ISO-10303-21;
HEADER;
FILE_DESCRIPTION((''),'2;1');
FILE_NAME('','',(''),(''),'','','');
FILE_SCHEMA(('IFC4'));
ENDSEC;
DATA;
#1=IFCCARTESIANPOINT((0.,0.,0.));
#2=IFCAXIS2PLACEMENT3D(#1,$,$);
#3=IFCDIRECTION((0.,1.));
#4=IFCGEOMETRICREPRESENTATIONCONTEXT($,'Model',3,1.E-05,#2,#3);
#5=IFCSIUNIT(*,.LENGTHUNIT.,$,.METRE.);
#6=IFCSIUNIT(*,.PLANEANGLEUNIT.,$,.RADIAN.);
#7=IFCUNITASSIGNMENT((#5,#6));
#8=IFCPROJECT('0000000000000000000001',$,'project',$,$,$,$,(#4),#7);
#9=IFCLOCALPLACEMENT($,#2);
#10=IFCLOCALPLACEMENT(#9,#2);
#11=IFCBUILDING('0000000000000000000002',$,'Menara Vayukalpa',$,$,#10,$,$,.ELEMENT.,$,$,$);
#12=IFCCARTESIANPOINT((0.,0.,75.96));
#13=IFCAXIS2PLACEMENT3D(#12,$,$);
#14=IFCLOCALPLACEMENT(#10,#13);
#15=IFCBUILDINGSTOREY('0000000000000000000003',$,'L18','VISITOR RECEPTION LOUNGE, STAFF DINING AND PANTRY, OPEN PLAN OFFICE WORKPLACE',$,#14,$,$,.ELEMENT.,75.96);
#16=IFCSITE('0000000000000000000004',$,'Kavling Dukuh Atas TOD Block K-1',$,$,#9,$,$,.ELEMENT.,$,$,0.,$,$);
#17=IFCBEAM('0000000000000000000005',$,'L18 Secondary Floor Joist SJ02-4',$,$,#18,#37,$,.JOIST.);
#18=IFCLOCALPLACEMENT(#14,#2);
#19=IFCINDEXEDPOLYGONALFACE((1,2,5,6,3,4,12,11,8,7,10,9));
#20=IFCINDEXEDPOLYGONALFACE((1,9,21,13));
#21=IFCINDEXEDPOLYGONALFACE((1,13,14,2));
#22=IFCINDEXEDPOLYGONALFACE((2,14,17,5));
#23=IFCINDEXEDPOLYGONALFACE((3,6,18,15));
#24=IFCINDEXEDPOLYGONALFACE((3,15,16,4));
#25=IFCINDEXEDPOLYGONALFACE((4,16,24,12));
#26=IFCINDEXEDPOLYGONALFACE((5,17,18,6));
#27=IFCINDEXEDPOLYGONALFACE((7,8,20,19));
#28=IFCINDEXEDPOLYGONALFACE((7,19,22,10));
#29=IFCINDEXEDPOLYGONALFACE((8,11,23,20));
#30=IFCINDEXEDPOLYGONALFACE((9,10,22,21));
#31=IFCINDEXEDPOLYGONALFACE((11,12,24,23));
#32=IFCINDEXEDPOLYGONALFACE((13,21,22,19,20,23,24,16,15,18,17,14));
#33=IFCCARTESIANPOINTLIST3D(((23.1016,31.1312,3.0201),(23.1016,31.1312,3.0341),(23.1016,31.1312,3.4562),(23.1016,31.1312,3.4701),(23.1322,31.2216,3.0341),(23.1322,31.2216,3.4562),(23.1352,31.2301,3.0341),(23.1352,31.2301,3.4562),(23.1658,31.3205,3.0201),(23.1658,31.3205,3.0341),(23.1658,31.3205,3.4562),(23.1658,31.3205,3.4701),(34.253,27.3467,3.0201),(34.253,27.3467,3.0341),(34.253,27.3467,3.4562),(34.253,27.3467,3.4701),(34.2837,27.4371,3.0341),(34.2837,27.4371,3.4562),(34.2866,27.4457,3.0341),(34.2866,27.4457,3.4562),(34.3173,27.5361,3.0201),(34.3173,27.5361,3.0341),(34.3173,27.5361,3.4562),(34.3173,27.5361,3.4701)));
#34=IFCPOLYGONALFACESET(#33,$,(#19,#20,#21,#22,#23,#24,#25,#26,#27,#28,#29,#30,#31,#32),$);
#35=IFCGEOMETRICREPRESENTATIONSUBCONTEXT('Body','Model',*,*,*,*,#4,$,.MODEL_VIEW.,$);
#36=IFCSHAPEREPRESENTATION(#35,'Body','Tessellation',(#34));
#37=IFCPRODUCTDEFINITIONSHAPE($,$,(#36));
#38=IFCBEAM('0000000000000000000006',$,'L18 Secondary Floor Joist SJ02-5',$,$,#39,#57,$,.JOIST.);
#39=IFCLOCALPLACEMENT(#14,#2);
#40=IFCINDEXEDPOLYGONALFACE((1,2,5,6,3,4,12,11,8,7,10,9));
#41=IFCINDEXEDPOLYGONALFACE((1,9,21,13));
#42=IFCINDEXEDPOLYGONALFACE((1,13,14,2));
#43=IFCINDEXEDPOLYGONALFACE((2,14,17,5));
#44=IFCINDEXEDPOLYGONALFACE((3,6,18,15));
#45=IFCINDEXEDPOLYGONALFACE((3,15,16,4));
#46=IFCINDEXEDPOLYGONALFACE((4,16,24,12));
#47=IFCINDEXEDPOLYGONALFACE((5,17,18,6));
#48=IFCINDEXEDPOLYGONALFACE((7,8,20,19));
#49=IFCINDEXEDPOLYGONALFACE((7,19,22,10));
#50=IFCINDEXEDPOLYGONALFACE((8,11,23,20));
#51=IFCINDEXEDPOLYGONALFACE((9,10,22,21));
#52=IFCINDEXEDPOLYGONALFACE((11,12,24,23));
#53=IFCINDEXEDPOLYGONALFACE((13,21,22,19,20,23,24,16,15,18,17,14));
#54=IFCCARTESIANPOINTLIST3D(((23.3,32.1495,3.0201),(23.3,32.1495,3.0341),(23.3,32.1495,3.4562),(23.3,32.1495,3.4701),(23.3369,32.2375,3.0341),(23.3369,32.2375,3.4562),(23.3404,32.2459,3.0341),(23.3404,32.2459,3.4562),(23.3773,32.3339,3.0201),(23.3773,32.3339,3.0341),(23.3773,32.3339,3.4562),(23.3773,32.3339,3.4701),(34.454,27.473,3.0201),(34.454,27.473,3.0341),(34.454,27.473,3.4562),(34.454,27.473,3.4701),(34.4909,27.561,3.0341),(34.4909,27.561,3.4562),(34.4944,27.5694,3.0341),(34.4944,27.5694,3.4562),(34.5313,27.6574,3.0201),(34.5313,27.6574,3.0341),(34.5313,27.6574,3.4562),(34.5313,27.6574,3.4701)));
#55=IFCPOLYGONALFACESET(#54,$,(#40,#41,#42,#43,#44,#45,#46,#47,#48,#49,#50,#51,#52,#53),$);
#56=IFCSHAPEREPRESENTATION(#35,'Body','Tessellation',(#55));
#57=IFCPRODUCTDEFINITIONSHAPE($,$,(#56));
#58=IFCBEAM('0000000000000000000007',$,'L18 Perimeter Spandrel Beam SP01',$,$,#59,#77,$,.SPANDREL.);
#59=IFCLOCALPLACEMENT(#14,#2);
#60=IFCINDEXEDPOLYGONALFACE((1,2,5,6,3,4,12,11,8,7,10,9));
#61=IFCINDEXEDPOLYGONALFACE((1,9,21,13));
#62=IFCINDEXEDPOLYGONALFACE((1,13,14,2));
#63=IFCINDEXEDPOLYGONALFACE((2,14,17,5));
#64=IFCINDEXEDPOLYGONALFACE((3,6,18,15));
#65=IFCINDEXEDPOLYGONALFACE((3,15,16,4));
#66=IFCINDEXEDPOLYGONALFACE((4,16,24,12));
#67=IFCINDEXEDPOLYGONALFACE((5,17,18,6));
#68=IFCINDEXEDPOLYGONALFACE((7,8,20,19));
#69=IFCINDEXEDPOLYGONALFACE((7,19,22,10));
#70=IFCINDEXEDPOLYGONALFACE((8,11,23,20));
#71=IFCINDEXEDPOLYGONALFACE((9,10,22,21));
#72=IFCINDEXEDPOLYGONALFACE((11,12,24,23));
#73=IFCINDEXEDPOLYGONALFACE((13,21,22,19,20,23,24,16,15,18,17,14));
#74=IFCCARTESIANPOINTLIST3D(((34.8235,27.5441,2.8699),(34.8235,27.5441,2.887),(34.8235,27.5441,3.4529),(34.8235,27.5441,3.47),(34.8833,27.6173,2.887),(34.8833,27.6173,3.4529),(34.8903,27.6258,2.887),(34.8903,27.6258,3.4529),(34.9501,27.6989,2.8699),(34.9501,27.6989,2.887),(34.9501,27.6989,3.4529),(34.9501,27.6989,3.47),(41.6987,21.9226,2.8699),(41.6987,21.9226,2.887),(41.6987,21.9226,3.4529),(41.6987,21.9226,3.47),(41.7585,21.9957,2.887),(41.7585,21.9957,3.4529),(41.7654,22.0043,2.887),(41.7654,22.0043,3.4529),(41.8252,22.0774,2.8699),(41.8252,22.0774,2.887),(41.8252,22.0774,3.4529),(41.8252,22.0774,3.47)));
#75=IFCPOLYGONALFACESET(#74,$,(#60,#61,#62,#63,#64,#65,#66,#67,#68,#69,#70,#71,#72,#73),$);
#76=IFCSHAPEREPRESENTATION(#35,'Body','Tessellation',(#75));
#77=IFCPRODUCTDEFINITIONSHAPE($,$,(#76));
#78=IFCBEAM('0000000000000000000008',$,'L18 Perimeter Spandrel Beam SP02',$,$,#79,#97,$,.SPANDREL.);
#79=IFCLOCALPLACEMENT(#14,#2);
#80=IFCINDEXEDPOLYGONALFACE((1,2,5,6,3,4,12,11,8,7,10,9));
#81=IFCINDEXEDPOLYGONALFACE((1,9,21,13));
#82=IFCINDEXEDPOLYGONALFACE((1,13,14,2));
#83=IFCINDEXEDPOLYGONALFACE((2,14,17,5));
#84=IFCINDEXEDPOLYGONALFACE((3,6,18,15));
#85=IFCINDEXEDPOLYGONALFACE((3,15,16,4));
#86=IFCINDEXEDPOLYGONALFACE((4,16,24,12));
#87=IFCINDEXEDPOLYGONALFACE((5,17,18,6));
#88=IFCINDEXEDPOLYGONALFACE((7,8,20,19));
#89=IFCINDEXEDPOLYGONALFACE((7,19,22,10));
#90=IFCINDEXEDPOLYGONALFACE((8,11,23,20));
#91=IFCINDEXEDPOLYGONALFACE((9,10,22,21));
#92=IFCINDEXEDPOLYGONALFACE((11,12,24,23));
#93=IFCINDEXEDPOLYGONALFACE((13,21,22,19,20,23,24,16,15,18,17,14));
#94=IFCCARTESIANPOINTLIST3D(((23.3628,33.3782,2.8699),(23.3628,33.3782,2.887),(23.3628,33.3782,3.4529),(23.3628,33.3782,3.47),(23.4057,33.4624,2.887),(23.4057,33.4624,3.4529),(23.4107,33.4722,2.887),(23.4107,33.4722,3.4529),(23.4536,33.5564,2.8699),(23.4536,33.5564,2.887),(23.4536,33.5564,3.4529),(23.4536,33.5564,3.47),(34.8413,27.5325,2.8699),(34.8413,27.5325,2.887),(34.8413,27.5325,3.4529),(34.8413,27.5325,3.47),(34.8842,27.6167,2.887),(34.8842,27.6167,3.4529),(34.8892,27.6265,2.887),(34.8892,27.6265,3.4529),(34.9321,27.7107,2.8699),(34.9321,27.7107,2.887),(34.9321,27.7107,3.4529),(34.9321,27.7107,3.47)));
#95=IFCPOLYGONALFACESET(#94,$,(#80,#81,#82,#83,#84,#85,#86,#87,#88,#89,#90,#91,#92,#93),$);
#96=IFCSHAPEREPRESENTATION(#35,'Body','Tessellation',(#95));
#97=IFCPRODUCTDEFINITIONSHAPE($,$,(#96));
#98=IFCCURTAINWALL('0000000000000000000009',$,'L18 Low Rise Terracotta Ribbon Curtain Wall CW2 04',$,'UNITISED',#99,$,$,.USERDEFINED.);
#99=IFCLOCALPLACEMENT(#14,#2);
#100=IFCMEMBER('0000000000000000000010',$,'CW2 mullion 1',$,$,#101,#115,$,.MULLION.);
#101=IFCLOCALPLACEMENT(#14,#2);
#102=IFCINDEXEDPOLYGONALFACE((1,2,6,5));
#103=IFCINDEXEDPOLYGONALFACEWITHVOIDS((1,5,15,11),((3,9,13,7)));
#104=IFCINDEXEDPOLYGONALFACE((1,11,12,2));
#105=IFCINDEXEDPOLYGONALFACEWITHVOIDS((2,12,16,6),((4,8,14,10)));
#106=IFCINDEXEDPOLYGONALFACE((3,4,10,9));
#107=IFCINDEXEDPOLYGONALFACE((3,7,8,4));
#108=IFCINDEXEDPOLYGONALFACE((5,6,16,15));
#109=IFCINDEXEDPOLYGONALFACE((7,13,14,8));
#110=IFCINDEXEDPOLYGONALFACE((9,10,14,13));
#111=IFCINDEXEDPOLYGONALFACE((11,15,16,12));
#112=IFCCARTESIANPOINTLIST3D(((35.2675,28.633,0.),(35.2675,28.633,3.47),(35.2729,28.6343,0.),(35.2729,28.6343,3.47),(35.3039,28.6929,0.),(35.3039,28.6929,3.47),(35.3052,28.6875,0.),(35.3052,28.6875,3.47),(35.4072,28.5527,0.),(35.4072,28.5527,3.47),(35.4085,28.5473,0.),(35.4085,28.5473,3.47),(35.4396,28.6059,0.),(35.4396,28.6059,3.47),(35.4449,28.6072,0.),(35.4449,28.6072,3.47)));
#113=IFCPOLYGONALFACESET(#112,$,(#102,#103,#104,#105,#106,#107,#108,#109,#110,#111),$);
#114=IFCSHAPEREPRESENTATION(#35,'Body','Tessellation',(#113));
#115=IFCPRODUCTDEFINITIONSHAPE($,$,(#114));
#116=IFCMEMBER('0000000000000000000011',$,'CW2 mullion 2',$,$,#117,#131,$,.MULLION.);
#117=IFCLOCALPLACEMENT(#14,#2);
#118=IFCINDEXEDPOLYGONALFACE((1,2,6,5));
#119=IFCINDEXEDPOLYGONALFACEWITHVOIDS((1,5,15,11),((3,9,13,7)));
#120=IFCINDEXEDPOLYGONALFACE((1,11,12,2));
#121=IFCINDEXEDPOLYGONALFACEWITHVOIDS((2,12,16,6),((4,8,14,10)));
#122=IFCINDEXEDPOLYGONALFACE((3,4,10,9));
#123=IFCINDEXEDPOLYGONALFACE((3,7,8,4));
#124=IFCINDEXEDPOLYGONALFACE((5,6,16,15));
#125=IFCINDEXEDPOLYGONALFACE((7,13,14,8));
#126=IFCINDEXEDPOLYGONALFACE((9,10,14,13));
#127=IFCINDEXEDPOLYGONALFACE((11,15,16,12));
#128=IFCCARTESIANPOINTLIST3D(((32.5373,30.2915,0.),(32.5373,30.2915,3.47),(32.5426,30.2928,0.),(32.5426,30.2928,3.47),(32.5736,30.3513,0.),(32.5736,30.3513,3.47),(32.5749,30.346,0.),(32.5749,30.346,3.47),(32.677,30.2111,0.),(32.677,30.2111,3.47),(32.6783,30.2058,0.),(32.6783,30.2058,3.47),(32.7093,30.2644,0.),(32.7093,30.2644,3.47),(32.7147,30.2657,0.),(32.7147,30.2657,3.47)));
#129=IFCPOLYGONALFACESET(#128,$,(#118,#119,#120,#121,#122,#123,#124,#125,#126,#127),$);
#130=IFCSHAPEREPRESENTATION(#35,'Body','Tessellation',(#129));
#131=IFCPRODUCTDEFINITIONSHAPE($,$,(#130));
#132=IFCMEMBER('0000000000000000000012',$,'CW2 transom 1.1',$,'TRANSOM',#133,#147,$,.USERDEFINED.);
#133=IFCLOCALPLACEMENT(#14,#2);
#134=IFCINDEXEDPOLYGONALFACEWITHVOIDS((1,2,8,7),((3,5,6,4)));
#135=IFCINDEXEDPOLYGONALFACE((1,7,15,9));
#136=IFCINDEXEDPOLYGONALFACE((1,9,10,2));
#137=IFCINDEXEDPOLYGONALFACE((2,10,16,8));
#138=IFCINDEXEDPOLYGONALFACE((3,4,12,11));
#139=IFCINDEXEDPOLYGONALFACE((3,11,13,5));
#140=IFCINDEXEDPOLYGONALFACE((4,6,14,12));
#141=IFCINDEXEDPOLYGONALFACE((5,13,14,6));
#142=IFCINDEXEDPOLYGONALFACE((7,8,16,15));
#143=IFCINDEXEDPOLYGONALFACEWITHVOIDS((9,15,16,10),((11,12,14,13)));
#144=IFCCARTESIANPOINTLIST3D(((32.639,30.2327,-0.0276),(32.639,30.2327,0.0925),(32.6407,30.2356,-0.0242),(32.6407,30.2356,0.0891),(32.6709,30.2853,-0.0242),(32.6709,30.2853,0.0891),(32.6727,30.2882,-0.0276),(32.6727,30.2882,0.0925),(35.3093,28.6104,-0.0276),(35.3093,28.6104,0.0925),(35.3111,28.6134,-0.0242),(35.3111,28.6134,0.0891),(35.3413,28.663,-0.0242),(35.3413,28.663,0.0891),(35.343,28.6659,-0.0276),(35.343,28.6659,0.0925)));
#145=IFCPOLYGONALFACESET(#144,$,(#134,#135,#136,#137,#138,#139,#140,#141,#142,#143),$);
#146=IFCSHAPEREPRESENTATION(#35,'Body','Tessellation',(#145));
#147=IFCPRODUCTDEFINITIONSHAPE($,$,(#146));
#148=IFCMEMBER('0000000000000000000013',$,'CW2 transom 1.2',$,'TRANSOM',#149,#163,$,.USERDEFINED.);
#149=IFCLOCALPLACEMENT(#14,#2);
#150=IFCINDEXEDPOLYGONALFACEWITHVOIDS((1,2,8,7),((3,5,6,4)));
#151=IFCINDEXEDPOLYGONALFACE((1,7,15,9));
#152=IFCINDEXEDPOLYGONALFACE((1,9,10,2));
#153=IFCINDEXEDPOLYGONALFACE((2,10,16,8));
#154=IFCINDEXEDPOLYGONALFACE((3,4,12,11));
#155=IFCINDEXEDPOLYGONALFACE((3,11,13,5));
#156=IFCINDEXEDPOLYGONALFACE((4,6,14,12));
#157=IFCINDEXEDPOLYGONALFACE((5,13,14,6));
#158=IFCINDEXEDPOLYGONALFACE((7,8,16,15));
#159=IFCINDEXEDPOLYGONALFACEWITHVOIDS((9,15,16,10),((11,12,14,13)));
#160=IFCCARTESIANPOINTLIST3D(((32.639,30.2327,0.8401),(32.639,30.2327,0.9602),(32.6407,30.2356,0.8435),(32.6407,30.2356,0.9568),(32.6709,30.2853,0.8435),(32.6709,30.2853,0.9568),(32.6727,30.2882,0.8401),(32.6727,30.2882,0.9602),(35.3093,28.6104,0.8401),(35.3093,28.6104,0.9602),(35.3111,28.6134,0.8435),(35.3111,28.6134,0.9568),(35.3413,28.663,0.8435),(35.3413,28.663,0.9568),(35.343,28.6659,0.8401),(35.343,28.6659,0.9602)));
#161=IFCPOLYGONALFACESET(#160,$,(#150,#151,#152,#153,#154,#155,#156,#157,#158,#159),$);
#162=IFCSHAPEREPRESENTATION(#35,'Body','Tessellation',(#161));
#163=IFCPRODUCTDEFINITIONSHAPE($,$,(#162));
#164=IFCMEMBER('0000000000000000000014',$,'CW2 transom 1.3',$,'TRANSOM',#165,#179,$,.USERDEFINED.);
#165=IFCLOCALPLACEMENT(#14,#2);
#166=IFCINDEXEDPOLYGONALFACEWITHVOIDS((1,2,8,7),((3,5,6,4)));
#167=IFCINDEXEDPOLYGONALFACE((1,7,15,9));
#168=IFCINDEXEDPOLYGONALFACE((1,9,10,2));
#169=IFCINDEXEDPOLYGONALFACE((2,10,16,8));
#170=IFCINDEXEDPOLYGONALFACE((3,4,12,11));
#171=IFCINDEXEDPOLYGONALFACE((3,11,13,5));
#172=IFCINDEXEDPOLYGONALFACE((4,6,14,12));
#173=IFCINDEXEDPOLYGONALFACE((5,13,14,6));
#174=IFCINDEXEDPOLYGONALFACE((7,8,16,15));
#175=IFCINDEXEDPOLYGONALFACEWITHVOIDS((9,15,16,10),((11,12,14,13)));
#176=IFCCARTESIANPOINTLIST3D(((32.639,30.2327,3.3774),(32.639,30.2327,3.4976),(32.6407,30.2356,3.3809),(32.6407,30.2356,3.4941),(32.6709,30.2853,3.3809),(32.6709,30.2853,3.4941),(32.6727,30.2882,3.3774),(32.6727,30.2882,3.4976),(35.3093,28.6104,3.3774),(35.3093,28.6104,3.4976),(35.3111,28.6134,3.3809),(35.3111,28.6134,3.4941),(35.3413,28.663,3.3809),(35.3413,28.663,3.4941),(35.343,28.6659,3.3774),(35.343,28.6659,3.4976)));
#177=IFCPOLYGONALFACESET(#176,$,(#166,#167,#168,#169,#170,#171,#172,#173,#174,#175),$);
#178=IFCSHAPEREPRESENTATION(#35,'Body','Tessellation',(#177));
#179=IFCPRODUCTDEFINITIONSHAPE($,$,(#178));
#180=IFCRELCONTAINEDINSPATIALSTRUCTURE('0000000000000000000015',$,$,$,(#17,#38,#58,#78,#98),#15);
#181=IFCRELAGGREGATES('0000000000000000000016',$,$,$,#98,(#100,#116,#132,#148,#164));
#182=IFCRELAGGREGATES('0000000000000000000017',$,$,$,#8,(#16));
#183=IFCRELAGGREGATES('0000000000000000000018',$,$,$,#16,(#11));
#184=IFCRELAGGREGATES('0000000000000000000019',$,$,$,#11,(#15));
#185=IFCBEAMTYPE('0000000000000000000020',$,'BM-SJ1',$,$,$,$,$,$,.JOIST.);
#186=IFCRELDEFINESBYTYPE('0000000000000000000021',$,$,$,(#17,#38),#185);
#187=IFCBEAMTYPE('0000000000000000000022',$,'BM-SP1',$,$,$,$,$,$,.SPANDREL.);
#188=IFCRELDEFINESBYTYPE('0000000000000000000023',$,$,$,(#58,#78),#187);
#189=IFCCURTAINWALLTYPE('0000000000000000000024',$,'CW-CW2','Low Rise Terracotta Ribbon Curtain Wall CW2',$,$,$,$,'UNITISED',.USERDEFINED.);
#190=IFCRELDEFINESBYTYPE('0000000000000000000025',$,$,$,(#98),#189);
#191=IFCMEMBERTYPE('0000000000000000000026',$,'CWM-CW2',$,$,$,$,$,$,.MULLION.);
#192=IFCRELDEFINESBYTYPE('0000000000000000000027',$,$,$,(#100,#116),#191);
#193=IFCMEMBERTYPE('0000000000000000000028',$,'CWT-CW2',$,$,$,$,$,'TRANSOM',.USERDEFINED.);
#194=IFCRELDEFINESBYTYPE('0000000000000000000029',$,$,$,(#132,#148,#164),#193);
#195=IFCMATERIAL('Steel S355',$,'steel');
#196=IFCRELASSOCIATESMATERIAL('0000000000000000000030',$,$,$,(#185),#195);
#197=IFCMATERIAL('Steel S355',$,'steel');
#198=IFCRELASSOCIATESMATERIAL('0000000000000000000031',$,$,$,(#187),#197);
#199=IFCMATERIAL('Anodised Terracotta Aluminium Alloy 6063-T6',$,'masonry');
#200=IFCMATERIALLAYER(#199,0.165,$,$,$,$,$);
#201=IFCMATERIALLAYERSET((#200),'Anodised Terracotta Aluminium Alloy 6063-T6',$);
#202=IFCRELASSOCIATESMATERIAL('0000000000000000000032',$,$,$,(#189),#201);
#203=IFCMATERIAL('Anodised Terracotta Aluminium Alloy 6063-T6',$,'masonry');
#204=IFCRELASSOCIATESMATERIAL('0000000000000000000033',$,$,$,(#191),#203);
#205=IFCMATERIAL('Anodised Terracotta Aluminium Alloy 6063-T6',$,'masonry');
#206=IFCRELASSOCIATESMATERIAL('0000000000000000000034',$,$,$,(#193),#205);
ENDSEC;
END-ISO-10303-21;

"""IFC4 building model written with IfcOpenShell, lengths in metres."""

from ifc_helpers import new_model, si_unit, direction, frame, origin, origin_2d, place, context, subcontext, project, spatial, hollow_rectangle, i_section, extrude, material, layer, layer_set, material_profile, profile_set, type_object, element, aggregate, save


model = new_model("IFC4")

# Units and contexts
model_context = context("Model", 3, precision=1e-05, world=origin(), true_north=direction((0.0, 1.0)))
body_context = subcontext(model_context, "Body", "Model", "MODEL_VIEW")
ifc_project = project(units=[si_unit("LENGTHUNIT", "METRE"), si_unit("PLANEANGLEUNIT", "RADIAN")], contexts=[model_context])

# Site, building, storey
site_placement = place(None, origin())
site = spatial("IfcSite", under=ifc_project, at=site_placement, Name="Kavling Dukuh Atas TOD Block K-1", CompositionType="ELEMENT", RefElevation=0.0)
building_placement = place(site_placement, origin())
building = spatial("IfcBuilding", under=site, at=building_placement, Name="Menara Vayukalpa", CompositionType="ELEMENT")
storey_placement = place(building_placement, frame((0.0, 0.0, 75.96)))
storey = spatial("IfcBuildingStorey", under=building, at=storey_placement, Name="L18", Description="VISITOR RECEPTION LOUNGE, STAFF DINING AND PANTRY, OPEN PLAN OFFICE WORKPLACE", CompositionType="ELEMENT", Elevation=75.96)

# Beams
ifc_material_1 = material(Name="Steel S355", Category="steel")
ifc_material_profile_1 = material_profile(ifc_material_1, i_section(OverallWidth=0.2, OverallDepth=0.45, WebThickness=0.009, FlangeThickness=0.0139, at=origin_2d()), Name="WF 450x200x9x14")
ifc_profile_set_1 = profile_set([ifc_material_profile_1], Name="Steel S355")
beam_type_1 = type_object("IfcBeamType", Name="BM-SJ1", PredefinedType="JOIST", material=ifc_profile_set_1)
beam_1_placement = place(storey_placement, frame((34.2852, 27.4414, 3.2451), z_axis=(-0.946955, 0.321367, 0.0), x_axis=(-0.321367, -0.946955, 0.0)))
element("IfcBeam", 1, at=beam_1_placement, inside=storey, type_object=beam_type_1, Name="L18 Secondary Floor Joist SJ02-4", PredefinedType="JOIST", context=body_context, shape_type="SweptSolid", body=[
    extrude(i_section(OverallWidth=0.2, OverallDepth=0.45, WebThickness=0.009, FlangeThickness=0.0139, at=origin_2d()), origin(), (0.0, 0.0, 1.0), 11.7761),
])
beam_2_placement = place(storey_placement, frame((34.4927, 27.5652, 3.2451), z_axis=(-0.922224, 0.386657, 0.0), x_axis=(-0.386657, -0.922224, 0.0)))
element("IfcBeam", 2, at=beam_2_placement, inside=storey, type_object=beam_type_1, Name="L18 Secondary Floor Joist SJ02-5", PredefinedType="JOIST", context=body_context, shape_type="SweptSolid", body=[
    extrude(i_section(OverallWidth=0.2, OverallDepth=0.45, WebThickness=0.009, FlangeThickness=0.0139, at=origin_2d()), origin(), (0.0, 0.0, 1.0), 12.0947),
])
ifc_material_2 = material(Name="Steel S355", Category="steel")
ifc_material_profile_2 = material_profile(ifc_material_2, i_section(OverallWidth=0.2, OverallDepth=0.6001, WebThickness=0.011, FlangeThickness=0.0171, at=origin_2d()), Name="WF 600x200x11x17")
ifc_profile_set_2 = profile_set([ifc_material_profile_2], Name="Steel S355")
beam_type_2 = type_object("IfcBeamType", Name="BM-SP1", PredefinedType="SPANDREL", material=ifc_profile_set_2)
beam_3_placement = place(storey_placement, frame((41.762, 22.0, 3.1699), z_axis=(-0.774157, 0.632994, 0.0), x_axis=(-0.632994, -0.774157, 0.0)))
element("IfcBeam", 3, at=beam_3_placement, inside=storey, type_object=beam_type_2, Name="L18 Perimeter Spandrel Beam SP01", PredefinedType="SPANDREL", context=body_context, shape_type="SweptSolid", body=[
    extrude(i_section(OverallWidth=0.2, OverallDepth=0.6001, WebThickness=0.011, FlangeThickness=0.0171, at=origin_2d()), origin(), (0.0, 0.0, 1.0), 8.8809),
])
beam_4_placement = place(storey_placement, frame((34.8867, 27.6216, 3.1699), z_axis=(-0.891097, 0.453812, 0.0), x_axis=(-0.453812, -0.891097, 0.0)))
element("IfcBeam", 4, at=beam_4_placement, inside=storey, type_object=beam_type_2, Name="L18 Perimeter Spandrel Beam SP02", PredefinedType="SPANDREL", context=body_context, shape_type="SweptSolid", body=[
    extrude(i_section(OverallWidth=0.2, OverallDepth=0.6001, WebThickness=0.011, FlangeThickness=0.0171, at=origin_2d()), origin(), (0.0, 0.0, 1.0), 12.8813),
])

# Curtain wall, members
ifc_material_3 = material(Name="Anodised Terracotta Aluminium Alloy 6063-T6", Category="masonry")
ifc_layer_1 = layer(ifc_material_3, 0.165)
ifc_layer_set_1 = layer_set([ifc_layer_1], Name="Anodised Terracotta Aluminium Alloy 6063-T6")
curtain_wall_type = type_object("IfcCurtainWallType", Name="CW-CW2", Description="Low Rise Terracotta Ribbon Curtain Wall CW2", ElementType="UNITISED", PredefinedType="USERDEFINED", material=ifc_layer_set_1)
curtain_wall_placement = place(storey_placement, origin())
curtain_wall = element("IfcCurtainWall", 5, at=curtain_wall_placement, inside=storey, type_object=curtain_wall_type, Name="L18 Low Rise Terracotta Ribbon Curtain Wall CW2 04", ObjectType="UNITISED", PredefinedType="USERDEFINED")
ifc_material_4 = material(Name="Anodised Terracotta Aluminium Alloy 6063-T6", Category="masonry")
ifc_material_profile_3 = material_profile(ifc_material_4, hollow_rectangle(XDim=0.0701, YDim=0.165, WallThickness=0.0039, at=origin_2d()), Name="ALU 70x165x4")
ifc_profile_set_3 = profile_set([ifc_material_profile_3], Name="Anodised Terracotta Aluminium Alloy 6063-T6")
member_type_1 = type_object("IfcMemberType", Name="CWM-CW2", PredefinedType="MULLION", material=ifc_profile_set_3)
member_1_placement = place(storey_placement, frame((35.3562, 28.6201, 0.0), z_axis=(0.0, 0.0, 1.0), x_axis=(-0.519183, -0.854663, 0.0)))
member_1 = element("IfcMember", 6, at=member_1_placement, type_object=member_type_1, Name="CW2 mullion 1", PredefinedType="MULLION", context=body_context, shape_type="SweptSolid", body=[
    extrude(hollow_rectangle(XDim=0.0701, YDim=0.165, WallThickness=0.0039, at=origin_2d()), origin(), (0.0, 0.0, 1.0), 3.47),
])
member_2_placement = place(storey_placement, frame((32.626, 30.2786, 0.0), z_axis=(0.0, 0.0, 1.0), x_axis=(-0.519183, -0.854663, 0.0)))
member_2 = element("IfcMember", 7, at=member_2_placement, type_object=member_type_1, Name="CW2 mullion 2", PredefinedType="MULLION", context=body_context, shape_type="SweptSolid", body=[
    extrude(hollow_rectangle(XDim=0.0701, YDim=0.165, WallThickness=0.0039, at=origin_2d()), origin(), (0.0, 0.0, 1.0), 3.47),
])
ifc_material_5 = material(Name="Anodised Terracotta Aluminium Alloy 6063-T6", Category="masonry")
ifc_material_profile_4 = material_profile(ifc_material_5, hollow_rectangle(XDim=0.0649, YDim=0.1201, WallThickness=0.0034, at=origin_2d()), Name="ALU 65x120x3.5")
ifc_profile_set_4 = profile_set([ifc_material_profile_4], Name="Anodised Terracotta Aluminium Alloy 6063-T6")
member_type_2 = type_object("IfcMemberType", Name="CWT-CW2", ElementType="TRANSOM", PredefinedType="USERDEFINED", material=ifc_profile_set_4)
member_3_placement = place(storey_placement, frame((35.3262, 28.6382, 0.0325), z_axis=(-0.854646, 0.519211, 0.0), x_axis=(-0.519211, -0.854646, 0.0)))
member_3 = element("IfcMember", 8, at=member_3_placement, type_object=member_type_2, Name="CW2 transom 1.1", ObjectType="TRANSOM", PredefinedType="USERDEFINED", context=body_context, shape_type="SweptSolid", body=[
    extrude(hollow_rectangle(XDim=0.0649, YDim=0.1201, WallThickness=0.0034, at=origin_2d()), origin(), (0.0, 0.0, 1.0), 3.1245),
])
member_4_placement = place(storey_placement, frame((35.3262, 28.6382, 0.9001), z_axis=(-0.854646, 0.519211, 0.0), x_axis=(-0.519211, -0.854646, 0.0)))
member_4 = element("IfcMember", 9, at=member_4_placement, type_object=member_type_2, Name="CW2 transom 1.2", ObjectType="TRANSOM", PredefinedType="USERDEFINED", context=body_context, shape_type="SweptSolid", body=[
    extrude(hollow_rectangle(XDim=0.0649, YDim=0.1201, WallThickness=0.0034, at=origin_2d()), origin(), (0.0, 0.0, 1.0), 3.1245),
])
member_5_placement = place(storey_placement, frame((35.3262, 28.6382, 3.4375), z_axis=(-0.854646, 0.519211, 0.0), x_axis=(-0.519211, -0.854646, 0.0)))
member_5 = element("IfcMember", 10, at=member_5_placement, type_object=member_type_2, Name="CW2 transom 1.3", ObjectType="TRANSOM", PredefinedType="USERDEFINED", context=body_context, shape_type="SweptSolid", body=[
    extrude(hollow_rectangle(XDim=0.0649, YDim=0.1201, WallThickness=0.0034, at=origin_2d()), origin(), (0.0, 0.0, 1.0), 3.1245),
])
aggregate(curtain_wall, [member_1, member_2, member_3, member_4, member_5])

save(model, "model.ifc")
